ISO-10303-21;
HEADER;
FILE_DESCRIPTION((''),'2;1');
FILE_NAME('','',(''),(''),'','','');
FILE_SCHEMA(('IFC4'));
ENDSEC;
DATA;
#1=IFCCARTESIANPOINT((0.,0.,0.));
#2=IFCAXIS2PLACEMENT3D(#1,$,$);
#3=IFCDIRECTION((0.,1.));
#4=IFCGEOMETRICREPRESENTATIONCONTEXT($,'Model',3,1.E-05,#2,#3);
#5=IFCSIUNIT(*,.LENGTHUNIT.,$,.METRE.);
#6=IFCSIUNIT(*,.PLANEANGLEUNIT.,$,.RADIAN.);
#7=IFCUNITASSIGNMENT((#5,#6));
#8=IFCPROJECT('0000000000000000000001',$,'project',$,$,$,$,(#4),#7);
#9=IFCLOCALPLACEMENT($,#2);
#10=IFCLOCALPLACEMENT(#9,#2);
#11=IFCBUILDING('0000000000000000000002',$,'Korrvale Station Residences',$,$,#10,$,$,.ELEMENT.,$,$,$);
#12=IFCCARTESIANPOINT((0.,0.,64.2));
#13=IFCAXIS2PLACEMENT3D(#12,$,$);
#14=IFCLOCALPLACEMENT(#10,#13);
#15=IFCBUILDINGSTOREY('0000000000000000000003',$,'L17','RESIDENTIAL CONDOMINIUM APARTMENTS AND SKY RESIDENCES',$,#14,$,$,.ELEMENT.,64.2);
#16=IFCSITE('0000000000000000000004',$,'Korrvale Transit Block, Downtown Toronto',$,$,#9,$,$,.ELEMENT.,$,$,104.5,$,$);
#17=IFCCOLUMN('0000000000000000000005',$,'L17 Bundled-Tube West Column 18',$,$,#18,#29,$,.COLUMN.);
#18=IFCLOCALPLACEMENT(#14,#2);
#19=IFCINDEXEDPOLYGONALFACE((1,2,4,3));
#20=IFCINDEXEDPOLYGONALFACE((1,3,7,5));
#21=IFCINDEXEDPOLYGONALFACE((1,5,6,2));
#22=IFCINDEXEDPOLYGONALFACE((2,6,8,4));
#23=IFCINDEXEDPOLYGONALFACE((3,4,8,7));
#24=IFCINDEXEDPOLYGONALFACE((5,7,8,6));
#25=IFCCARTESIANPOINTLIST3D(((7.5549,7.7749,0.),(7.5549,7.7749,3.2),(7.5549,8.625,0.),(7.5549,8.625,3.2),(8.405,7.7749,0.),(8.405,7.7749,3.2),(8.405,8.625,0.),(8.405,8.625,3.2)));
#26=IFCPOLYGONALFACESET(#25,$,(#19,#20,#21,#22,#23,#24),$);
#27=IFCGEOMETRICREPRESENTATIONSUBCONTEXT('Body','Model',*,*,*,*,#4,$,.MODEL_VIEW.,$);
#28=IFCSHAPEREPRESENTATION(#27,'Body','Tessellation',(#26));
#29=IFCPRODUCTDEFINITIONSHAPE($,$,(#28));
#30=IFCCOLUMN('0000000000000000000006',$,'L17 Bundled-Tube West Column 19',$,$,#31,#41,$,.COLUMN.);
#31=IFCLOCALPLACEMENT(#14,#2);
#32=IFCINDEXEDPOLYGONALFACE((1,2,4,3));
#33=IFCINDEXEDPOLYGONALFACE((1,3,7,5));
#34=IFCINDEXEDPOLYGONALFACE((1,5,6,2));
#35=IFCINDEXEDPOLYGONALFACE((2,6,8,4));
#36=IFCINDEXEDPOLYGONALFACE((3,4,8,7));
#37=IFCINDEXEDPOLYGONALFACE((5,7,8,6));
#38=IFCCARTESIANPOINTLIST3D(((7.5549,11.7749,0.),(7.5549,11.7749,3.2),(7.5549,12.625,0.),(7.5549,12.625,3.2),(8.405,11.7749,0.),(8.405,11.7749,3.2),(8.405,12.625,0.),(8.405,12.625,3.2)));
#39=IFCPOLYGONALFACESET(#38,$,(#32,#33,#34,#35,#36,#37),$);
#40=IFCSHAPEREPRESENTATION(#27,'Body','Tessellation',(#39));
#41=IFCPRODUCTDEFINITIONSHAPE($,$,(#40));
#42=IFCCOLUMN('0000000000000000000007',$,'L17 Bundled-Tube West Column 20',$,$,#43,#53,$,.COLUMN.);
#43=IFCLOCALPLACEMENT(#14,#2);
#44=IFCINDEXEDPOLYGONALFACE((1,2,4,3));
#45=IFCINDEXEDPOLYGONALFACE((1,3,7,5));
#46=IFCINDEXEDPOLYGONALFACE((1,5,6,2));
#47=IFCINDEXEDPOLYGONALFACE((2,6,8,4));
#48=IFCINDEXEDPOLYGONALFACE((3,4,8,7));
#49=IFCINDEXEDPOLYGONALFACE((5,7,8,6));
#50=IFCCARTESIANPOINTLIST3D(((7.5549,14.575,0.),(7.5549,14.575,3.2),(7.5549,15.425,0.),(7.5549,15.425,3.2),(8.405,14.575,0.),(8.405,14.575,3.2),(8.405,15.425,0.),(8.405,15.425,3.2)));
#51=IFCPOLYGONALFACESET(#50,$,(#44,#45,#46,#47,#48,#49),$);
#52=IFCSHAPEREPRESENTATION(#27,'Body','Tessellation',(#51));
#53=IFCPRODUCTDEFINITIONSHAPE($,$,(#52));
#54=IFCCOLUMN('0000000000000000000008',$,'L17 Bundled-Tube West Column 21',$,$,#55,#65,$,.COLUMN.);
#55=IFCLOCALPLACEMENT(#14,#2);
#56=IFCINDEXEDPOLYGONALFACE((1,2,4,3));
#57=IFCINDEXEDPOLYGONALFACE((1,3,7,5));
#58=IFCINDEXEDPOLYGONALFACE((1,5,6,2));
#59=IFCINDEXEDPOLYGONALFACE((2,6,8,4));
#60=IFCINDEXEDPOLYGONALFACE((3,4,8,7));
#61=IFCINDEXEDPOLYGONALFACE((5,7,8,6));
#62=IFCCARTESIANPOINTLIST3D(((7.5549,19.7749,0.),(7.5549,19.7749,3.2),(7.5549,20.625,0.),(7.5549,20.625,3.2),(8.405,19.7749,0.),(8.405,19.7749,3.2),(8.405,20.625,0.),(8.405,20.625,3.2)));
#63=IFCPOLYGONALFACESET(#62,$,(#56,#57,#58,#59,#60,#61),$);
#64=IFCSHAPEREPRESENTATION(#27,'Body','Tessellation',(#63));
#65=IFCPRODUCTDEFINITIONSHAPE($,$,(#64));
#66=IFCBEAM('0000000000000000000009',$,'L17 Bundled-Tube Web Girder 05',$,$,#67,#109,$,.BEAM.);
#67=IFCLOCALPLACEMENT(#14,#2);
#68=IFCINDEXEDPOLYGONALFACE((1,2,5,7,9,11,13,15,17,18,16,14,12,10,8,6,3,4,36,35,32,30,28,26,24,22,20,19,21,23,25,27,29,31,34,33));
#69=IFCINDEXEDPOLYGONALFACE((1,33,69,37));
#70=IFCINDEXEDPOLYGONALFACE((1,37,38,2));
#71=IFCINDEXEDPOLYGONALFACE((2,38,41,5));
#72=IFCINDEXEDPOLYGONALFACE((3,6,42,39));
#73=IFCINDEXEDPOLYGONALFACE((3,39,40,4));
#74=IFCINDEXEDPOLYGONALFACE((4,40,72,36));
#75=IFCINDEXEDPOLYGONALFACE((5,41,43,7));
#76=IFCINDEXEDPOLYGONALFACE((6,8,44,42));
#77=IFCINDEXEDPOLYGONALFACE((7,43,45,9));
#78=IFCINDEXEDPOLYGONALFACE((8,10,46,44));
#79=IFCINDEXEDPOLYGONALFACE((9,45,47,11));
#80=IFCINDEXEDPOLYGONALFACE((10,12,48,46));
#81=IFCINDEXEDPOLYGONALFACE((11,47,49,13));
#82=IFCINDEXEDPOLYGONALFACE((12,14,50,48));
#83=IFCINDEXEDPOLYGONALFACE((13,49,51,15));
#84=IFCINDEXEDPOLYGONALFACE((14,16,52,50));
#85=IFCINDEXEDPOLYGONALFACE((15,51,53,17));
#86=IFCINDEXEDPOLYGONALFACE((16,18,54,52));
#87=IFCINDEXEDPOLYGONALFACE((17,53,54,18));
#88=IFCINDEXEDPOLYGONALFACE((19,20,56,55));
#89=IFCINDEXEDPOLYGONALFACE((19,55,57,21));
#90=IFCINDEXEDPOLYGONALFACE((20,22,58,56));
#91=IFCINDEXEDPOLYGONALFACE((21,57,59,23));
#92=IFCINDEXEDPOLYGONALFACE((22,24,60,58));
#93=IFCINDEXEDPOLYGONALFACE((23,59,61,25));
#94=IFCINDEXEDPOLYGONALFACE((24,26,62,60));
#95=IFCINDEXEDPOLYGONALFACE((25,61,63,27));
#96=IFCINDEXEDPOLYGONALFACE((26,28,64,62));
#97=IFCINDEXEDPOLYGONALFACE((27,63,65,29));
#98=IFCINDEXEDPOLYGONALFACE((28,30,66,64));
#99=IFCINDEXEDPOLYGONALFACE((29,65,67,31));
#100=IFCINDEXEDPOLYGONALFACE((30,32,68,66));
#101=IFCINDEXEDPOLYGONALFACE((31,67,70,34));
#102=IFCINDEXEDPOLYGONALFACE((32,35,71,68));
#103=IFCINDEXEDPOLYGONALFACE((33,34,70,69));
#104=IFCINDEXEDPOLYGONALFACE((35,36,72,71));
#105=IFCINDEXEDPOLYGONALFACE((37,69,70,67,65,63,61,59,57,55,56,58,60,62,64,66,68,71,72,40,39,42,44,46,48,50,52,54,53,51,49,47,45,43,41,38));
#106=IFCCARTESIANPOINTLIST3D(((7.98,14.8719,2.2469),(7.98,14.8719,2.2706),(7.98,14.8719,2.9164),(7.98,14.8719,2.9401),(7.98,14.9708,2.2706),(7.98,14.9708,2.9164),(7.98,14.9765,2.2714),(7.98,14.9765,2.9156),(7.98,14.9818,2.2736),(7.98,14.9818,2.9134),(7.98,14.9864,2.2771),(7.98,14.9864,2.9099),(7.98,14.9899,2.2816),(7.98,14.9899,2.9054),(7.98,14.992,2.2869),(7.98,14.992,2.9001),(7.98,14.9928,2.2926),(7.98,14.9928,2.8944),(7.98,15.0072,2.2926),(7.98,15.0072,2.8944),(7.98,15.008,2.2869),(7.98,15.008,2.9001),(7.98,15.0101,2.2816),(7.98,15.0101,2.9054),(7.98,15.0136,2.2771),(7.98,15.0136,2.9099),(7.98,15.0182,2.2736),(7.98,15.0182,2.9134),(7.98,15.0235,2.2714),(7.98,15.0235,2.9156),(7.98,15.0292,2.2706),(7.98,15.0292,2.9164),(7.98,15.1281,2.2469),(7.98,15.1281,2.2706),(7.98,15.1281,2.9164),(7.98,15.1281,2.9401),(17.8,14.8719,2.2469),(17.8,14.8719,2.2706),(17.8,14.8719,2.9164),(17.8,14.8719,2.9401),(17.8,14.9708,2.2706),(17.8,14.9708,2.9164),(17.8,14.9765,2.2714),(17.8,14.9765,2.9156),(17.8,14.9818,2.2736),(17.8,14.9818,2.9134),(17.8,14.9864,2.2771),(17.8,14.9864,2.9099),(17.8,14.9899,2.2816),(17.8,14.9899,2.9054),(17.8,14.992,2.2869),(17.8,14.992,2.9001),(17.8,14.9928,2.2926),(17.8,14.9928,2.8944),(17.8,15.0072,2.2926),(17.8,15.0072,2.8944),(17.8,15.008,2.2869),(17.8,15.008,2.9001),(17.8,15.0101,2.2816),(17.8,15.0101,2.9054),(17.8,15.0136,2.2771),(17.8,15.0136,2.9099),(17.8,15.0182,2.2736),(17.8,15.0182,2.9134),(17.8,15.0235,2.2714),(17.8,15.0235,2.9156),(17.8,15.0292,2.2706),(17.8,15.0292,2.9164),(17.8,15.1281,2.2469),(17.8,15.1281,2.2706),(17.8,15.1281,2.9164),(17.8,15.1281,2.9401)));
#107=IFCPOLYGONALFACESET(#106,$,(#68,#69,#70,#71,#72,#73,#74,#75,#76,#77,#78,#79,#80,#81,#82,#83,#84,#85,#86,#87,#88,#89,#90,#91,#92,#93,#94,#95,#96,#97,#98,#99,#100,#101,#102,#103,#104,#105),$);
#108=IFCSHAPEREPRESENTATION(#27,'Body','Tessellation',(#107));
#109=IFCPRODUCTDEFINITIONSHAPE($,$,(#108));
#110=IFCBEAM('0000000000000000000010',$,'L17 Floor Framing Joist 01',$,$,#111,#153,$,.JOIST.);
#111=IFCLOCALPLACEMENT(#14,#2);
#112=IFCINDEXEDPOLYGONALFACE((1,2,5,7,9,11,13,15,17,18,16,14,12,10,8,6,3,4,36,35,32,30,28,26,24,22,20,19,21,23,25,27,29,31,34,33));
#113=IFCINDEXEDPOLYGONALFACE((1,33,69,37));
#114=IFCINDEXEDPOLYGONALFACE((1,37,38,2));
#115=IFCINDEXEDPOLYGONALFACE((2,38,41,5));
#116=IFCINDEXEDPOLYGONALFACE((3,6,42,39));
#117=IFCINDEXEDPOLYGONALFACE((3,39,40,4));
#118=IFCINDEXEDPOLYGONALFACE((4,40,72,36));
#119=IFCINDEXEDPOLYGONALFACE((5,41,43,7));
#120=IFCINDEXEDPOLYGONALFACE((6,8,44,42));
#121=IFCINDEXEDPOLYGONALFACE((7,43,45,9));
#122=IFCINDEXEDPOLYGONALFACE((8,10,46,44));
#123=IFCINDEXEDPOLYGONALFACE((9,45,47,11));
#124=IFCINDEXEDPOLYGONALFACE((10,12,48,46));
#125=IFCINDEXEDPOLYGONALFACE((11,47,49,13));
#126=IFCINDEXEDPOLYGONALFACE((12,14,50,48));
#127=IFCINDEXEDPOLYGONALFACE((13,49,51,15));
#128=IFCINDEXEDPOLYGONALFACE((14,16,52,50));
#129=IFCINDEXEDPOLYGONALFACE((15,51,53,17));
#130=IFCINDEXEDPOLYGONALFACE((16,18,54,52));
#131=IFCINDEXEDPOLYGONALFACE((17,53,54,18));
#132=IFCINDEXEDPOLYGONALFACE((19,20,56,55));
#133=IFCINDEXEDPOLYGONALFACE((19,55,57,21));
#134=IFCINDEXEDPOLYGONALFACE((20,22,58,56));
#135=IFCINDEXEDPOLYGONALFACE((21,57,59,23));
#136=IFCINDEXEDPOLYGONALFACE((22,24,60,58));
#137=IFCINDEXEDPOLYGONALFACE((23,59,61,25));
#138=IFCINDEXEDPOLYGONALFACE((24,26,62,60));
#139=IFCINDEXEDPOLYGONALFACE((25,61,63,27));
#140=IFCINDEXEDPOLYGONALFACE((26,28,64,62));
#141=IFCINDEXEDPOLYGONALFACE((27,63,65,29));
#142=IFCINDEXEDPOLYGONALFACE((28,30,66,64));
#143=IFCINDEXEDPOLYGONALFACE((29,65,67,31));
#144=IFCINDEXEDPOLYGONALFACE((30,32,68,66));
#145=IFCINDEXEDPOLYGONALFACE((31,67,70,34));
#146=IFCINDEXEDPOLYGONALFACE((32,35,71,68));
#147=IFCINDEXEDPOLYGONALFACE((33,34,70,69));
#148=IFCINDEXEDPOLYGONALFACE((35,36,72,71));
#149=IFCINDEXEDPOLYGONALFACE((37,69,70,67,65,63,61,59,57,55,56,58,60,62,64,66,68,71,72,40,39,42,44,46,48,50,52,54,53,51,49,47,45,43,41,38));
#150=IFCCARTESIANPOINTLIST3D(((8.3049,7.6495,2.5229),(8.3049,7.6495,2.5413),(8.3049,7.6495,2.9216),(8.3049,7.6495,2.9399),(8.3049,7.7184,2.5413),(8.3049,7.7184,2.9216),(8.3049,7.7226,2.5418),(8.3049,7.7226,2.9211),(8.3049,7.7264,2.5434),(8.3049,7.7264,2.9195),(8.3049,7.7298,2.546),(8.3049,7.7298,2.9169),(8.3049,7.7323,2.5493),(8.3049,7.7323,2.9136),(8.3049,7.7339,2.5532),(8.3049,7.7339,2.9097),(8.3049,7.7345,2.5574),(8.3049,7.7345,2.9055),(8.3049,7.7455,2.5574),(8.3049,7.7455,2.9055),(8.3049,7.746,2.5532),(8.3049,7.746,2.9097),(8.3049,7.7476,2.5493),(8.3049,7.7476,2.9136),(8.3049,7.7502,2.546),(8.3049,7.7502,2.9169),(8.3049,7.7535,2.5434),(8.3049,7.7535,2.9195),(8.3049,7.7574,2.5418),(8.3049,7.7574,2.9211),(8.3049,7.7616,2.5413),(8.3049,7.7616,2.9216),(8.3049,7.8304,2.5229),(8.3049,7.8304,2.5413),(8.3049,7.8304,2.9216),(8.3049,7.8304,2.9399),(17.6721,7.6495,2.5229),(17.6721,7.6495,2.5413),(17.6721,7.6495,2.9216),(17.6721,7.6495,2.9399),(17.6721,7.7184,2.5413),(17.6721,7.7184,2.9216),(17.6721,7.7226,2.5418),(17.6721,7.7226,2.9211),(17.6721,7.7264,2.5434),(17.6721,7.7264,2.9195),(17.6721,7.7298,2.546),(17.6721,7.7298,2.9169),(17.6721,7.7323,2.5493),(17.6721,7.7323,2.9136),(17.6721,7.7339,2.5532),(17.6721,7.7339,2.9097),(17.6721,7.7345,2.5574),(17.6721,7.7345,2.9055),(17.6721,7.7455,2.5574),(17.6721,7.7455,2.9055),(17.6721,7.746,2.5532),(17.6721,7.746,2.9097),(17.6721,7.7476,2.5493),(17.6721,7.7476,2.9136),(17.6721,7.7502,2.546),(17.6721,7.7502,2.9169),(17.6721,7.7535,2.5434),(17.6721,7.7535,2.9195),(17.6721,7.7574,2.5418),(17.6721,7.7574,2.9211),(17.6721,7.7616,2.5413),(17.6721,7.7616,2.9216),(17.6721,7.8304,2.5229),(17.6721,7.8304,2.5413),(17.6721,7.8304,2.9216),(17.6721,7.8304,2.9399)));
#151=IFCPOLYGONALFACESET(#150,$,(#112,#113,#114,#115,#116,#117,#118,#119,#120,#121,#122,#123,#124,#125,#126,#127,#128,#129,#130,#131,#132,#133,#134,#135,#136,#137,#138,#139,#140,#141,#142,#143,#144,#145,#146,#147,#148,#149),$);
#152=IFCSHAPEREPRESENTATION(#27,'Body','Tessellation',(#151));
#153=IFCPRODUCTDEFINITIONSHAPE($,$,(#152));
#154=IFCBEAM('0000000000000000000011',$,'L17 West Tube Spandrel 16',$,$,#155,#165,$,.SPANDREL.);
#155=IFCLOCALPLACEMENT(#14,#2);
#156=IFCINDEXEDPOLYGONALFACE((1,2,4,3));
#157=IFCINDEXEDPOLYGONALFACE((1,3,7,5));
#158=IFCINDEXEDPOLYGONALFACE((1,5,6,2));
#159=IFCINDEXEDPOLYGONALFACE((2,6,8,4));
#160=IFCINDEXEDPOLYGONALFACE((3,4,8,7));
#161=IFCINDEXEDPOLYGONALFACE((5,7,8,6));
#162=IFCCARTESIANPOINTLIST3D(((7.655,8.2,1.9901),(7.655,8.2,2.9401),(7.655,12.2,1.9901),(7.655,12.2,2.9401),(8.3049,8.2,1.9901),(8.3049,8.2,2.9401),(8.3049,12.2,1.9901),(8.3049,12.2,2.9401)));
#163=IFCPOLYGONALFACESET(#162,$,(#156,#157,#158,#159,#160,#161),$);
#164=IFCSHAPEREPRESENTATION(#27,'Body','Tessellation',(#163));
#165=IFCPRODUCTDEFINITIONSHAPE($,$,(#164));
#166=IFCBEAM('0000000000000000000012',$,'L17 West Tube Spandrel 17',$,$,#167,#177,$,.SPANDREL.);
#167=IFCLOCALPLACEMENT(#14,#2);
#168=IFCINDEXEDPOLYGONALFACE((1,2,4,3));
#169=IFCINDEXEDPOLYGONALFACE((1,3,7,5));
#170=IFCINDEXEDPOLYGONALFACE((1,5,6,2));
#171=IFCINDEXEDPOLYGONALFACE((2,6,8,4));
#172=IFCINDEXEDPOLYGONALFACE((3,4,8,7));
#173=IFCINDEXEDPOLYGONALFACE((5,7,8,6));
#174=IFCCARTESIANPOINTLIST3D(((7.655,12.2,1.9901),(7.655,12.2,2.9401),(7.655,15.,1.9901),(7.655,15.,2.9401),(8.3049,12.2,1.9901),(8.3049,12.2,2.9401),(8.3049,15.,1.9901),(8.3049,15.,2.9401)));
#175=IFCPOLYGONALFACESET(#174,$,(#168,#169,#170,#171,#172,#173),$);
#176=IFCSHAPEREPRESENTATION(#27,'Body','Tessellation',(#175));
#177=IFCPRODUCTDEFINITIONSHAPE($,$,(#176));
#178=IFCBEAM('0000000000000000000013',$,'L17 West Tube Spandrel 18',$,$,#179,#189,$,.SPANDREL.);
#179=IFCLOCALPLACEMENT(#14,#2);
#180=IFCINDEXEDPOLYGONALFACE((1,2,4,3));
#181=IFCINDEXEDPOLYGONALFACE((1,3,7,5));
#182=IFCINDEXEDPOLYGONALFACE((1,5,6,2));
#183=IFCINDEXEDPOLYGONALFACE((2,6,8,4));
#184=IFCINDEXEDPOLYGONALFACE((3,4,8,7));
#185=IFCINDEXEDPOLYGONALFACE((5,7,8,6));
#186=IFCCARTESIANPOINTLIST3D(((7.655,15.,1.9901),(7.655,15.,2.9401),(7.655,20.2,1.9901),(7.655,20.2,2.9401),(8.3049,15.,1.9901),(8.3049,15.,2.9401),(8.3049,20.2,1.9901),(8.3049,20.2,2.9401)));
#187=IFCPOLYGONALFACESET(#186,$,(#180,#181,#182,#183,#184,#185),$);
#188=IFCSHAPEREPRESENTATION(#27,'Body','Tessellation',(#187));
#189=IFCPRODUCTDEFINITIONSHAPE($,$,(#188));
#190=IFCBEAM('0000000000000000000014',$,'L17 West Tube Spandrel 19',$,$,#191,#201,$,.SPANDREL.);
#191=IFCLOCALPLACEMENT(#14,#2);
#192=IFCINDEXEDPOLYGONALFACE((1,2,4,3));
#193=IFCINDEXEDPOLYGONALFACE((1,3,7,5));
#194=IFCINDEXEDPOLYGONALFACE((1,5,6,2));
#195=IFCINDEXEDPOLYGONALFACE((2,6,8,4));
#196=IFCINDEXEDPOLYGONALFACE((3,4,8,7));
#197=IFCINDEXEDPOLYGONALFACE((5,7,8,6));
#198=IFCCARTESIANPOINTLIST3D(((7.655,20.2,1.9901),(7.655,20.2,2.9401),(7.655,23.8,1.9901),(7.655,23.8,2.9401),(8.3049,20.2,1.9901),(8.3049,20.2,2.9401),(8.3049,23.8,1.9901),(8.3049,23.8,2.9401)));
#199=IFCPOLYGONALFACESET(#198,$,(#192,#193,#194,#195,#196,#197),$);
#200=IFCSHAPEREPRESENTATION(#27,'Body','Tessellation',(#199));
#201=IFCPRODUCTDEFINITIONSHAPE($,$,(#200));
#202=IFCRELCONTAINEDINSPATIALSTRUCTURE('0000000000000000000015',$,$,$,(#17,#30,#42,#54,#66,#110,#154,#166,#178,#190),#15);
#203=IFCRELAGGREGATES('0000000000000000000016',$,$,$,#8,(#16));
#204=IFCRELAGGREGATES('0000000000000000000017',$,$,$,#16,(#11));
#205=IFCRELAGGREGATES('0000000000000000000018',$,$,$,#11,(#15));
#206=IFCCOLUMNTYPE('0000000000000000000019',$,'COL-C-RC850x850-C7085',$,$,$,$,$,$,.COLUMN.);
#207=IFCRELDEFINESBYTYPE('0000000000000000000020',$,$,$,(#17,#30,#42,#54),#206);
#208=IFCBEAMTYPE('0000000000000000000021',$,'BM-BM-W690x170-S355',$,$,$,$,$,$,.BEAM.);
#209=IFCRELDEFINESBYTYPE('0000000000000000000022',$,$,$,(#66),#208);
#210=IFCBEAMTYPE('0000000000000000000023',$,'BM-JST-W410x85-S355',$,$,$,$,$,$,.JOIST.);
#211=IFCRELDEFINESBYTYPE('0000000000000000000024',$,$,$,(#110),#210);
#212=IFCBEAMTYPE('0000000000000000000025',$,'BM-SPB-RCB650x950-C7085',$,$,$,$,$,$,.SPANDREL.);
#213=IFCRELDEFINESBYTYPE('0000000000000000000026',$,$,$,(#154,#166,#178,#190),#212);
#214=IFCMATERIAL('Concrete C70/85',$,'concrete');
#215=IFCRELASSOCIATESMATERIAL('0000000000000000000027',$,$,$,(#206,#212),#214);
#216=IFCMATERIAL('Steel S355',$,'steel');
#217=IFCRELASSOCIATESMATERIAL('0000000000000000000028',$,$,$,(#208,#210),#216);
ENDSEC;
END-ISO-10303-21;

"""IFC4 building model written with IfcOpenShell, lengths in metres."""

from ifc_helpers import new_model, si_unit, direction, frame, origin, origin_2d, place, context, subcontext, project, spatial, rectangle, i_section, extrude, material, material_profile, profile_set, type_object, element, save


model = new_model("IFC4")

# Units and contexts
model_context = context("Model", 3, precision=1e-05, world=origin(), true_north=direction((0.0, 1.0)))
body_context = subcontext(model_context, "Body", "Model", "MODEL_VIEW")
ifc_project = project(units=[si_unit("LENGTHUNIT", "METRE"), si_unit("PLANEANGLEUNIT", "RADIAN")], contexts=[model_context])

# Site, building, storey
site_placement = place(None, origin())
site = spatial("IfcSite", under=ifc_project, at=site_placement, Name="Korrvale Transit Block, Downtown Toronto", CompositionType="ELEMENT", RefElevation=104.5)
building_placement = place(site_placement, origin())
building = spatial("IfcBuilding", under=site, at=building_placement, Name="Korrvale Station Residences", CompositionType="ELEMENT")
storey_placement = place(building_placement, frame((0.0, 0.0, 64.2)))
storey = spatial("IfcBuildingStorey", under=building, at=storey_placement, Name="L17", Description="RESIDENTIAL CONDOMINIUM APARTMENTS AND SKY RESIDENCES", CompositionType="ELEMENT", Elevation=64.2)

# Columns
ifc_material_1 = material(Name="Concrete C70/85", Category="concrete")
ifc_material_profile_1 = material_profile(ifc_material_1, rectangle(XDim=0.8501, YDim=0.8501, at=origin_2d()), Name="RC850x850")
ifc_profile_set_1 = profile_set([ifc_material_profile_1], Name="Concrete C70/85")
column_type = type_object("IfcColumnType", Name="COL-C-RC850x850-C7085", PredefinedType="COLUMN", material=ifc_profile_set_1)
for number, where, z_axis, x_axis, name in (
    (1, (7.98, 8.2, 0.0), (0.0, 0.0, 1.0), (1.0, 0.0, 0.0), "L17 Bundled-Tube West Column 18"),
    (2, (7.98, 12.2, 0.0), (0.0, 0.0, 1.0), (1.0, 0.0, 0.0), "L17 Bundled-Tube West Column 19"),
    (3, (7.98, 15.0, 0.0), (0.0, 0.0, 1.0), (1.0, 0.0, 0.0), "L17 Bundled-Tube West Column 20"),
    (4, (7.98, 20.2, 0.0), (0.0, 0.0, 1.0), (1.0, 0.0, 0.0), "L17 Bundled-Tube West Column 21"),
):
    element("IfcColumn", number, at=place(storey_placement, frame(where, z_axis=z_axis, x_axis=x_axis)), inside=storey, type_object=column_type, Name=name, PredefinedType="COLUMN", context=body_context, shape_type="SweptSolid", body=[
        extrude(rectangle(XDim=0.8501, YDim=0.8501, at=origin_2d()), origin(), (0.0, 0.0, 1.0), 3.2),
    ])

# Beams
ifc_material_2 = material(Name="Steel S355", Category="steel")
ifc_material_profile_2 = material_profile(ifc_material_2, i_section(OverallWidth=0.2561, OverallDepth=0.6931, WebThickness=0.0144, FlangeThickness=0.0237, FilletRadius=0.022, at=origin_2d()), Name="W690x170")
ifc_profile_set_2 = profile_set([ifc_material_profile_2], Name="Steel S355")
beam_type_1 = type_object("IfcBeamType", Name="BM-BM-W690x170-S355", PredefinedType="BEAM", material=ifc_profile_set_2)
beam_1_placement = place(storey_placement, frame((7.98, 15.0, 2.5935), z_axis=(1.0, 0.0, 0.0), x_axis=(0.0, 1.0, 0.0)))
element("IfcBeam", 5, at=beam_1_placement, inside=storey, type_object=beam_type_1, Name="L17 Bundled-Tube Web Girder 05", PredefinedType="BEAM", context=body_context, shape_type="SweptSolid", body=[
    extrude(i_section(OverallWidth=0.2561, OverallDepth=0.6931, WebThickness=0.0144, FlangeThickness=0.0237, FilletRadius=0.022, at=origin_2d()), origin(), (0.0, 0.0, 1.0), 9.8201),
])
ifc_material_profile_3 = material_profile(ifc_material_2, i_section(OverallWidth=0.1809, OverallDepth=0.417, WebThickness=0.011, FlangeThickness=0.0183, FilletRadius=0.0161, at=origin_2d()), Name="W410x85")
ifc_profile_set_3 = profile_set([ifc_material_profile_3], Name="Steel S355")
beam_type_2 = type_object("IfcBeamType", Name="BM-JST-W410x85-S355", PredefinedType="JOIST", material=ifc_profile_set_3)
beam_2_placement = place(storey_placement, frame((8.3049, 7.74, 2.7314), z_axis=(1.0, 0.0, 0.0), x_axis=(0.0, 1.0, 0.0)))
element("IfcBeam", 6, at=beam_2_placement, inside=storey, type_object=beam_type_2, Name="L17 Floor Framing Joist 01", PredefinedType="JOIST", context=body_context, shape_type="SweptSolid", body=[
    extrude(i_section(OverallWidth=0.1809, OverallDepth=0.417, WebThickness=0.011, FlangeThickness=0.0183, FilletRadius=0.0161, at=origin_2d()), origin(), (0.0, 0.0, 1.0), 9.3672),
])
ifc_material_profile_4 = material_profile(ifc_material_1, rectangle(XDim=0.6499, YDim=0.95, at=origin_2d()), Name="RCB650x950")
ifc_profile_set_4 = profile_set([ifc_material_profile_4], Name="Concrete C70/85")
beam_type_3 = type_object("IfcBeamType", Name="BM-SPB-RCB650x950-C7085", PredefinedType="SPANDREL", material=ifc_profile_set_4)
beam_3_placement = place(storey_placement, frame((7.98, 8.2, 2.4651), z_axis=(0.0, 1.0, 0.0), x_axis=(-1.0, 0.0, 0.0)))
element("IfcBeam", 7, at=beam_3_placement, inside=storey, type_object=beam_type_3, Name="L17 West Tube Spandrel 16", PredefinedType="SPANDREL", context=body_context, shape_type="SweptSolid", body=[
    extrude(rectangle(XDim=0.6499, YDim=0.95, at=origin_2d()), origin(), (0.0, 0.0, 1.0), 4.0),
])
beam_4_placement = place(storey_placement, frame((7.98, 12.2, 2.4651), z_axis=(0.0, 1.0, 0.0), x_axis=(-1.0, 0.0, 0.0)))
element("IfcBeam", 8, at=beam_4_placement, inside=storey, type_object=beam_type_3, Name="L17 West Tube Spandrel 17", PredefinedType="SPANDREL", context=body_context, shape_type="SweptSolid", body=[
    extrude(rectangle(XDim=0.6499, YDim=0.95, at=origin_2d()), origin(), (0.0, 0.0, 1.0), 2.8),
])
beam_5_placement = place(storey_placement, frame((7.98, 15.0, 2.4651), z_axis=(0.0, 1.0, 0.0), x_axis=(-1.0, 0.0, 0.0)))
element("IfcBeam", 9, at=beam_5_placement, inside=storey, type_object=beam_type_3, Name="L17 West Tube Spandrel 18", PredefinedType="SPANDREL", context=body_context, shape_type="SweptSolid", body=[
    extrude(rectangle(XDim=0.6499, YDim=0.95, at=origin_2d()), origin(), (0.0, 0.0, 1.0), 5.2),
])
beam_6_placement = place(storey_placement, frame((7.98, 20.2, 2.4651), z_axis=(0.0, 1.0, 0.0), x_axis=(-1.0, 0.0, 0.0)))
element("IfcBeam", 10, at=beam_6_placement, inside=storey, type_object=beam_type_3, Name="L17 West Tube Spandrel 19", PredefinedType="SPANDREL", context=body_context, shape_type="SweptSolid", body=[
    extrude(rectangle(XDim=0.6499, YDim=0.95, at=origin_2d()), origin(), (0.0, 0.0, 1.0), 3.6001),
])

save(model, "model.ifc")
